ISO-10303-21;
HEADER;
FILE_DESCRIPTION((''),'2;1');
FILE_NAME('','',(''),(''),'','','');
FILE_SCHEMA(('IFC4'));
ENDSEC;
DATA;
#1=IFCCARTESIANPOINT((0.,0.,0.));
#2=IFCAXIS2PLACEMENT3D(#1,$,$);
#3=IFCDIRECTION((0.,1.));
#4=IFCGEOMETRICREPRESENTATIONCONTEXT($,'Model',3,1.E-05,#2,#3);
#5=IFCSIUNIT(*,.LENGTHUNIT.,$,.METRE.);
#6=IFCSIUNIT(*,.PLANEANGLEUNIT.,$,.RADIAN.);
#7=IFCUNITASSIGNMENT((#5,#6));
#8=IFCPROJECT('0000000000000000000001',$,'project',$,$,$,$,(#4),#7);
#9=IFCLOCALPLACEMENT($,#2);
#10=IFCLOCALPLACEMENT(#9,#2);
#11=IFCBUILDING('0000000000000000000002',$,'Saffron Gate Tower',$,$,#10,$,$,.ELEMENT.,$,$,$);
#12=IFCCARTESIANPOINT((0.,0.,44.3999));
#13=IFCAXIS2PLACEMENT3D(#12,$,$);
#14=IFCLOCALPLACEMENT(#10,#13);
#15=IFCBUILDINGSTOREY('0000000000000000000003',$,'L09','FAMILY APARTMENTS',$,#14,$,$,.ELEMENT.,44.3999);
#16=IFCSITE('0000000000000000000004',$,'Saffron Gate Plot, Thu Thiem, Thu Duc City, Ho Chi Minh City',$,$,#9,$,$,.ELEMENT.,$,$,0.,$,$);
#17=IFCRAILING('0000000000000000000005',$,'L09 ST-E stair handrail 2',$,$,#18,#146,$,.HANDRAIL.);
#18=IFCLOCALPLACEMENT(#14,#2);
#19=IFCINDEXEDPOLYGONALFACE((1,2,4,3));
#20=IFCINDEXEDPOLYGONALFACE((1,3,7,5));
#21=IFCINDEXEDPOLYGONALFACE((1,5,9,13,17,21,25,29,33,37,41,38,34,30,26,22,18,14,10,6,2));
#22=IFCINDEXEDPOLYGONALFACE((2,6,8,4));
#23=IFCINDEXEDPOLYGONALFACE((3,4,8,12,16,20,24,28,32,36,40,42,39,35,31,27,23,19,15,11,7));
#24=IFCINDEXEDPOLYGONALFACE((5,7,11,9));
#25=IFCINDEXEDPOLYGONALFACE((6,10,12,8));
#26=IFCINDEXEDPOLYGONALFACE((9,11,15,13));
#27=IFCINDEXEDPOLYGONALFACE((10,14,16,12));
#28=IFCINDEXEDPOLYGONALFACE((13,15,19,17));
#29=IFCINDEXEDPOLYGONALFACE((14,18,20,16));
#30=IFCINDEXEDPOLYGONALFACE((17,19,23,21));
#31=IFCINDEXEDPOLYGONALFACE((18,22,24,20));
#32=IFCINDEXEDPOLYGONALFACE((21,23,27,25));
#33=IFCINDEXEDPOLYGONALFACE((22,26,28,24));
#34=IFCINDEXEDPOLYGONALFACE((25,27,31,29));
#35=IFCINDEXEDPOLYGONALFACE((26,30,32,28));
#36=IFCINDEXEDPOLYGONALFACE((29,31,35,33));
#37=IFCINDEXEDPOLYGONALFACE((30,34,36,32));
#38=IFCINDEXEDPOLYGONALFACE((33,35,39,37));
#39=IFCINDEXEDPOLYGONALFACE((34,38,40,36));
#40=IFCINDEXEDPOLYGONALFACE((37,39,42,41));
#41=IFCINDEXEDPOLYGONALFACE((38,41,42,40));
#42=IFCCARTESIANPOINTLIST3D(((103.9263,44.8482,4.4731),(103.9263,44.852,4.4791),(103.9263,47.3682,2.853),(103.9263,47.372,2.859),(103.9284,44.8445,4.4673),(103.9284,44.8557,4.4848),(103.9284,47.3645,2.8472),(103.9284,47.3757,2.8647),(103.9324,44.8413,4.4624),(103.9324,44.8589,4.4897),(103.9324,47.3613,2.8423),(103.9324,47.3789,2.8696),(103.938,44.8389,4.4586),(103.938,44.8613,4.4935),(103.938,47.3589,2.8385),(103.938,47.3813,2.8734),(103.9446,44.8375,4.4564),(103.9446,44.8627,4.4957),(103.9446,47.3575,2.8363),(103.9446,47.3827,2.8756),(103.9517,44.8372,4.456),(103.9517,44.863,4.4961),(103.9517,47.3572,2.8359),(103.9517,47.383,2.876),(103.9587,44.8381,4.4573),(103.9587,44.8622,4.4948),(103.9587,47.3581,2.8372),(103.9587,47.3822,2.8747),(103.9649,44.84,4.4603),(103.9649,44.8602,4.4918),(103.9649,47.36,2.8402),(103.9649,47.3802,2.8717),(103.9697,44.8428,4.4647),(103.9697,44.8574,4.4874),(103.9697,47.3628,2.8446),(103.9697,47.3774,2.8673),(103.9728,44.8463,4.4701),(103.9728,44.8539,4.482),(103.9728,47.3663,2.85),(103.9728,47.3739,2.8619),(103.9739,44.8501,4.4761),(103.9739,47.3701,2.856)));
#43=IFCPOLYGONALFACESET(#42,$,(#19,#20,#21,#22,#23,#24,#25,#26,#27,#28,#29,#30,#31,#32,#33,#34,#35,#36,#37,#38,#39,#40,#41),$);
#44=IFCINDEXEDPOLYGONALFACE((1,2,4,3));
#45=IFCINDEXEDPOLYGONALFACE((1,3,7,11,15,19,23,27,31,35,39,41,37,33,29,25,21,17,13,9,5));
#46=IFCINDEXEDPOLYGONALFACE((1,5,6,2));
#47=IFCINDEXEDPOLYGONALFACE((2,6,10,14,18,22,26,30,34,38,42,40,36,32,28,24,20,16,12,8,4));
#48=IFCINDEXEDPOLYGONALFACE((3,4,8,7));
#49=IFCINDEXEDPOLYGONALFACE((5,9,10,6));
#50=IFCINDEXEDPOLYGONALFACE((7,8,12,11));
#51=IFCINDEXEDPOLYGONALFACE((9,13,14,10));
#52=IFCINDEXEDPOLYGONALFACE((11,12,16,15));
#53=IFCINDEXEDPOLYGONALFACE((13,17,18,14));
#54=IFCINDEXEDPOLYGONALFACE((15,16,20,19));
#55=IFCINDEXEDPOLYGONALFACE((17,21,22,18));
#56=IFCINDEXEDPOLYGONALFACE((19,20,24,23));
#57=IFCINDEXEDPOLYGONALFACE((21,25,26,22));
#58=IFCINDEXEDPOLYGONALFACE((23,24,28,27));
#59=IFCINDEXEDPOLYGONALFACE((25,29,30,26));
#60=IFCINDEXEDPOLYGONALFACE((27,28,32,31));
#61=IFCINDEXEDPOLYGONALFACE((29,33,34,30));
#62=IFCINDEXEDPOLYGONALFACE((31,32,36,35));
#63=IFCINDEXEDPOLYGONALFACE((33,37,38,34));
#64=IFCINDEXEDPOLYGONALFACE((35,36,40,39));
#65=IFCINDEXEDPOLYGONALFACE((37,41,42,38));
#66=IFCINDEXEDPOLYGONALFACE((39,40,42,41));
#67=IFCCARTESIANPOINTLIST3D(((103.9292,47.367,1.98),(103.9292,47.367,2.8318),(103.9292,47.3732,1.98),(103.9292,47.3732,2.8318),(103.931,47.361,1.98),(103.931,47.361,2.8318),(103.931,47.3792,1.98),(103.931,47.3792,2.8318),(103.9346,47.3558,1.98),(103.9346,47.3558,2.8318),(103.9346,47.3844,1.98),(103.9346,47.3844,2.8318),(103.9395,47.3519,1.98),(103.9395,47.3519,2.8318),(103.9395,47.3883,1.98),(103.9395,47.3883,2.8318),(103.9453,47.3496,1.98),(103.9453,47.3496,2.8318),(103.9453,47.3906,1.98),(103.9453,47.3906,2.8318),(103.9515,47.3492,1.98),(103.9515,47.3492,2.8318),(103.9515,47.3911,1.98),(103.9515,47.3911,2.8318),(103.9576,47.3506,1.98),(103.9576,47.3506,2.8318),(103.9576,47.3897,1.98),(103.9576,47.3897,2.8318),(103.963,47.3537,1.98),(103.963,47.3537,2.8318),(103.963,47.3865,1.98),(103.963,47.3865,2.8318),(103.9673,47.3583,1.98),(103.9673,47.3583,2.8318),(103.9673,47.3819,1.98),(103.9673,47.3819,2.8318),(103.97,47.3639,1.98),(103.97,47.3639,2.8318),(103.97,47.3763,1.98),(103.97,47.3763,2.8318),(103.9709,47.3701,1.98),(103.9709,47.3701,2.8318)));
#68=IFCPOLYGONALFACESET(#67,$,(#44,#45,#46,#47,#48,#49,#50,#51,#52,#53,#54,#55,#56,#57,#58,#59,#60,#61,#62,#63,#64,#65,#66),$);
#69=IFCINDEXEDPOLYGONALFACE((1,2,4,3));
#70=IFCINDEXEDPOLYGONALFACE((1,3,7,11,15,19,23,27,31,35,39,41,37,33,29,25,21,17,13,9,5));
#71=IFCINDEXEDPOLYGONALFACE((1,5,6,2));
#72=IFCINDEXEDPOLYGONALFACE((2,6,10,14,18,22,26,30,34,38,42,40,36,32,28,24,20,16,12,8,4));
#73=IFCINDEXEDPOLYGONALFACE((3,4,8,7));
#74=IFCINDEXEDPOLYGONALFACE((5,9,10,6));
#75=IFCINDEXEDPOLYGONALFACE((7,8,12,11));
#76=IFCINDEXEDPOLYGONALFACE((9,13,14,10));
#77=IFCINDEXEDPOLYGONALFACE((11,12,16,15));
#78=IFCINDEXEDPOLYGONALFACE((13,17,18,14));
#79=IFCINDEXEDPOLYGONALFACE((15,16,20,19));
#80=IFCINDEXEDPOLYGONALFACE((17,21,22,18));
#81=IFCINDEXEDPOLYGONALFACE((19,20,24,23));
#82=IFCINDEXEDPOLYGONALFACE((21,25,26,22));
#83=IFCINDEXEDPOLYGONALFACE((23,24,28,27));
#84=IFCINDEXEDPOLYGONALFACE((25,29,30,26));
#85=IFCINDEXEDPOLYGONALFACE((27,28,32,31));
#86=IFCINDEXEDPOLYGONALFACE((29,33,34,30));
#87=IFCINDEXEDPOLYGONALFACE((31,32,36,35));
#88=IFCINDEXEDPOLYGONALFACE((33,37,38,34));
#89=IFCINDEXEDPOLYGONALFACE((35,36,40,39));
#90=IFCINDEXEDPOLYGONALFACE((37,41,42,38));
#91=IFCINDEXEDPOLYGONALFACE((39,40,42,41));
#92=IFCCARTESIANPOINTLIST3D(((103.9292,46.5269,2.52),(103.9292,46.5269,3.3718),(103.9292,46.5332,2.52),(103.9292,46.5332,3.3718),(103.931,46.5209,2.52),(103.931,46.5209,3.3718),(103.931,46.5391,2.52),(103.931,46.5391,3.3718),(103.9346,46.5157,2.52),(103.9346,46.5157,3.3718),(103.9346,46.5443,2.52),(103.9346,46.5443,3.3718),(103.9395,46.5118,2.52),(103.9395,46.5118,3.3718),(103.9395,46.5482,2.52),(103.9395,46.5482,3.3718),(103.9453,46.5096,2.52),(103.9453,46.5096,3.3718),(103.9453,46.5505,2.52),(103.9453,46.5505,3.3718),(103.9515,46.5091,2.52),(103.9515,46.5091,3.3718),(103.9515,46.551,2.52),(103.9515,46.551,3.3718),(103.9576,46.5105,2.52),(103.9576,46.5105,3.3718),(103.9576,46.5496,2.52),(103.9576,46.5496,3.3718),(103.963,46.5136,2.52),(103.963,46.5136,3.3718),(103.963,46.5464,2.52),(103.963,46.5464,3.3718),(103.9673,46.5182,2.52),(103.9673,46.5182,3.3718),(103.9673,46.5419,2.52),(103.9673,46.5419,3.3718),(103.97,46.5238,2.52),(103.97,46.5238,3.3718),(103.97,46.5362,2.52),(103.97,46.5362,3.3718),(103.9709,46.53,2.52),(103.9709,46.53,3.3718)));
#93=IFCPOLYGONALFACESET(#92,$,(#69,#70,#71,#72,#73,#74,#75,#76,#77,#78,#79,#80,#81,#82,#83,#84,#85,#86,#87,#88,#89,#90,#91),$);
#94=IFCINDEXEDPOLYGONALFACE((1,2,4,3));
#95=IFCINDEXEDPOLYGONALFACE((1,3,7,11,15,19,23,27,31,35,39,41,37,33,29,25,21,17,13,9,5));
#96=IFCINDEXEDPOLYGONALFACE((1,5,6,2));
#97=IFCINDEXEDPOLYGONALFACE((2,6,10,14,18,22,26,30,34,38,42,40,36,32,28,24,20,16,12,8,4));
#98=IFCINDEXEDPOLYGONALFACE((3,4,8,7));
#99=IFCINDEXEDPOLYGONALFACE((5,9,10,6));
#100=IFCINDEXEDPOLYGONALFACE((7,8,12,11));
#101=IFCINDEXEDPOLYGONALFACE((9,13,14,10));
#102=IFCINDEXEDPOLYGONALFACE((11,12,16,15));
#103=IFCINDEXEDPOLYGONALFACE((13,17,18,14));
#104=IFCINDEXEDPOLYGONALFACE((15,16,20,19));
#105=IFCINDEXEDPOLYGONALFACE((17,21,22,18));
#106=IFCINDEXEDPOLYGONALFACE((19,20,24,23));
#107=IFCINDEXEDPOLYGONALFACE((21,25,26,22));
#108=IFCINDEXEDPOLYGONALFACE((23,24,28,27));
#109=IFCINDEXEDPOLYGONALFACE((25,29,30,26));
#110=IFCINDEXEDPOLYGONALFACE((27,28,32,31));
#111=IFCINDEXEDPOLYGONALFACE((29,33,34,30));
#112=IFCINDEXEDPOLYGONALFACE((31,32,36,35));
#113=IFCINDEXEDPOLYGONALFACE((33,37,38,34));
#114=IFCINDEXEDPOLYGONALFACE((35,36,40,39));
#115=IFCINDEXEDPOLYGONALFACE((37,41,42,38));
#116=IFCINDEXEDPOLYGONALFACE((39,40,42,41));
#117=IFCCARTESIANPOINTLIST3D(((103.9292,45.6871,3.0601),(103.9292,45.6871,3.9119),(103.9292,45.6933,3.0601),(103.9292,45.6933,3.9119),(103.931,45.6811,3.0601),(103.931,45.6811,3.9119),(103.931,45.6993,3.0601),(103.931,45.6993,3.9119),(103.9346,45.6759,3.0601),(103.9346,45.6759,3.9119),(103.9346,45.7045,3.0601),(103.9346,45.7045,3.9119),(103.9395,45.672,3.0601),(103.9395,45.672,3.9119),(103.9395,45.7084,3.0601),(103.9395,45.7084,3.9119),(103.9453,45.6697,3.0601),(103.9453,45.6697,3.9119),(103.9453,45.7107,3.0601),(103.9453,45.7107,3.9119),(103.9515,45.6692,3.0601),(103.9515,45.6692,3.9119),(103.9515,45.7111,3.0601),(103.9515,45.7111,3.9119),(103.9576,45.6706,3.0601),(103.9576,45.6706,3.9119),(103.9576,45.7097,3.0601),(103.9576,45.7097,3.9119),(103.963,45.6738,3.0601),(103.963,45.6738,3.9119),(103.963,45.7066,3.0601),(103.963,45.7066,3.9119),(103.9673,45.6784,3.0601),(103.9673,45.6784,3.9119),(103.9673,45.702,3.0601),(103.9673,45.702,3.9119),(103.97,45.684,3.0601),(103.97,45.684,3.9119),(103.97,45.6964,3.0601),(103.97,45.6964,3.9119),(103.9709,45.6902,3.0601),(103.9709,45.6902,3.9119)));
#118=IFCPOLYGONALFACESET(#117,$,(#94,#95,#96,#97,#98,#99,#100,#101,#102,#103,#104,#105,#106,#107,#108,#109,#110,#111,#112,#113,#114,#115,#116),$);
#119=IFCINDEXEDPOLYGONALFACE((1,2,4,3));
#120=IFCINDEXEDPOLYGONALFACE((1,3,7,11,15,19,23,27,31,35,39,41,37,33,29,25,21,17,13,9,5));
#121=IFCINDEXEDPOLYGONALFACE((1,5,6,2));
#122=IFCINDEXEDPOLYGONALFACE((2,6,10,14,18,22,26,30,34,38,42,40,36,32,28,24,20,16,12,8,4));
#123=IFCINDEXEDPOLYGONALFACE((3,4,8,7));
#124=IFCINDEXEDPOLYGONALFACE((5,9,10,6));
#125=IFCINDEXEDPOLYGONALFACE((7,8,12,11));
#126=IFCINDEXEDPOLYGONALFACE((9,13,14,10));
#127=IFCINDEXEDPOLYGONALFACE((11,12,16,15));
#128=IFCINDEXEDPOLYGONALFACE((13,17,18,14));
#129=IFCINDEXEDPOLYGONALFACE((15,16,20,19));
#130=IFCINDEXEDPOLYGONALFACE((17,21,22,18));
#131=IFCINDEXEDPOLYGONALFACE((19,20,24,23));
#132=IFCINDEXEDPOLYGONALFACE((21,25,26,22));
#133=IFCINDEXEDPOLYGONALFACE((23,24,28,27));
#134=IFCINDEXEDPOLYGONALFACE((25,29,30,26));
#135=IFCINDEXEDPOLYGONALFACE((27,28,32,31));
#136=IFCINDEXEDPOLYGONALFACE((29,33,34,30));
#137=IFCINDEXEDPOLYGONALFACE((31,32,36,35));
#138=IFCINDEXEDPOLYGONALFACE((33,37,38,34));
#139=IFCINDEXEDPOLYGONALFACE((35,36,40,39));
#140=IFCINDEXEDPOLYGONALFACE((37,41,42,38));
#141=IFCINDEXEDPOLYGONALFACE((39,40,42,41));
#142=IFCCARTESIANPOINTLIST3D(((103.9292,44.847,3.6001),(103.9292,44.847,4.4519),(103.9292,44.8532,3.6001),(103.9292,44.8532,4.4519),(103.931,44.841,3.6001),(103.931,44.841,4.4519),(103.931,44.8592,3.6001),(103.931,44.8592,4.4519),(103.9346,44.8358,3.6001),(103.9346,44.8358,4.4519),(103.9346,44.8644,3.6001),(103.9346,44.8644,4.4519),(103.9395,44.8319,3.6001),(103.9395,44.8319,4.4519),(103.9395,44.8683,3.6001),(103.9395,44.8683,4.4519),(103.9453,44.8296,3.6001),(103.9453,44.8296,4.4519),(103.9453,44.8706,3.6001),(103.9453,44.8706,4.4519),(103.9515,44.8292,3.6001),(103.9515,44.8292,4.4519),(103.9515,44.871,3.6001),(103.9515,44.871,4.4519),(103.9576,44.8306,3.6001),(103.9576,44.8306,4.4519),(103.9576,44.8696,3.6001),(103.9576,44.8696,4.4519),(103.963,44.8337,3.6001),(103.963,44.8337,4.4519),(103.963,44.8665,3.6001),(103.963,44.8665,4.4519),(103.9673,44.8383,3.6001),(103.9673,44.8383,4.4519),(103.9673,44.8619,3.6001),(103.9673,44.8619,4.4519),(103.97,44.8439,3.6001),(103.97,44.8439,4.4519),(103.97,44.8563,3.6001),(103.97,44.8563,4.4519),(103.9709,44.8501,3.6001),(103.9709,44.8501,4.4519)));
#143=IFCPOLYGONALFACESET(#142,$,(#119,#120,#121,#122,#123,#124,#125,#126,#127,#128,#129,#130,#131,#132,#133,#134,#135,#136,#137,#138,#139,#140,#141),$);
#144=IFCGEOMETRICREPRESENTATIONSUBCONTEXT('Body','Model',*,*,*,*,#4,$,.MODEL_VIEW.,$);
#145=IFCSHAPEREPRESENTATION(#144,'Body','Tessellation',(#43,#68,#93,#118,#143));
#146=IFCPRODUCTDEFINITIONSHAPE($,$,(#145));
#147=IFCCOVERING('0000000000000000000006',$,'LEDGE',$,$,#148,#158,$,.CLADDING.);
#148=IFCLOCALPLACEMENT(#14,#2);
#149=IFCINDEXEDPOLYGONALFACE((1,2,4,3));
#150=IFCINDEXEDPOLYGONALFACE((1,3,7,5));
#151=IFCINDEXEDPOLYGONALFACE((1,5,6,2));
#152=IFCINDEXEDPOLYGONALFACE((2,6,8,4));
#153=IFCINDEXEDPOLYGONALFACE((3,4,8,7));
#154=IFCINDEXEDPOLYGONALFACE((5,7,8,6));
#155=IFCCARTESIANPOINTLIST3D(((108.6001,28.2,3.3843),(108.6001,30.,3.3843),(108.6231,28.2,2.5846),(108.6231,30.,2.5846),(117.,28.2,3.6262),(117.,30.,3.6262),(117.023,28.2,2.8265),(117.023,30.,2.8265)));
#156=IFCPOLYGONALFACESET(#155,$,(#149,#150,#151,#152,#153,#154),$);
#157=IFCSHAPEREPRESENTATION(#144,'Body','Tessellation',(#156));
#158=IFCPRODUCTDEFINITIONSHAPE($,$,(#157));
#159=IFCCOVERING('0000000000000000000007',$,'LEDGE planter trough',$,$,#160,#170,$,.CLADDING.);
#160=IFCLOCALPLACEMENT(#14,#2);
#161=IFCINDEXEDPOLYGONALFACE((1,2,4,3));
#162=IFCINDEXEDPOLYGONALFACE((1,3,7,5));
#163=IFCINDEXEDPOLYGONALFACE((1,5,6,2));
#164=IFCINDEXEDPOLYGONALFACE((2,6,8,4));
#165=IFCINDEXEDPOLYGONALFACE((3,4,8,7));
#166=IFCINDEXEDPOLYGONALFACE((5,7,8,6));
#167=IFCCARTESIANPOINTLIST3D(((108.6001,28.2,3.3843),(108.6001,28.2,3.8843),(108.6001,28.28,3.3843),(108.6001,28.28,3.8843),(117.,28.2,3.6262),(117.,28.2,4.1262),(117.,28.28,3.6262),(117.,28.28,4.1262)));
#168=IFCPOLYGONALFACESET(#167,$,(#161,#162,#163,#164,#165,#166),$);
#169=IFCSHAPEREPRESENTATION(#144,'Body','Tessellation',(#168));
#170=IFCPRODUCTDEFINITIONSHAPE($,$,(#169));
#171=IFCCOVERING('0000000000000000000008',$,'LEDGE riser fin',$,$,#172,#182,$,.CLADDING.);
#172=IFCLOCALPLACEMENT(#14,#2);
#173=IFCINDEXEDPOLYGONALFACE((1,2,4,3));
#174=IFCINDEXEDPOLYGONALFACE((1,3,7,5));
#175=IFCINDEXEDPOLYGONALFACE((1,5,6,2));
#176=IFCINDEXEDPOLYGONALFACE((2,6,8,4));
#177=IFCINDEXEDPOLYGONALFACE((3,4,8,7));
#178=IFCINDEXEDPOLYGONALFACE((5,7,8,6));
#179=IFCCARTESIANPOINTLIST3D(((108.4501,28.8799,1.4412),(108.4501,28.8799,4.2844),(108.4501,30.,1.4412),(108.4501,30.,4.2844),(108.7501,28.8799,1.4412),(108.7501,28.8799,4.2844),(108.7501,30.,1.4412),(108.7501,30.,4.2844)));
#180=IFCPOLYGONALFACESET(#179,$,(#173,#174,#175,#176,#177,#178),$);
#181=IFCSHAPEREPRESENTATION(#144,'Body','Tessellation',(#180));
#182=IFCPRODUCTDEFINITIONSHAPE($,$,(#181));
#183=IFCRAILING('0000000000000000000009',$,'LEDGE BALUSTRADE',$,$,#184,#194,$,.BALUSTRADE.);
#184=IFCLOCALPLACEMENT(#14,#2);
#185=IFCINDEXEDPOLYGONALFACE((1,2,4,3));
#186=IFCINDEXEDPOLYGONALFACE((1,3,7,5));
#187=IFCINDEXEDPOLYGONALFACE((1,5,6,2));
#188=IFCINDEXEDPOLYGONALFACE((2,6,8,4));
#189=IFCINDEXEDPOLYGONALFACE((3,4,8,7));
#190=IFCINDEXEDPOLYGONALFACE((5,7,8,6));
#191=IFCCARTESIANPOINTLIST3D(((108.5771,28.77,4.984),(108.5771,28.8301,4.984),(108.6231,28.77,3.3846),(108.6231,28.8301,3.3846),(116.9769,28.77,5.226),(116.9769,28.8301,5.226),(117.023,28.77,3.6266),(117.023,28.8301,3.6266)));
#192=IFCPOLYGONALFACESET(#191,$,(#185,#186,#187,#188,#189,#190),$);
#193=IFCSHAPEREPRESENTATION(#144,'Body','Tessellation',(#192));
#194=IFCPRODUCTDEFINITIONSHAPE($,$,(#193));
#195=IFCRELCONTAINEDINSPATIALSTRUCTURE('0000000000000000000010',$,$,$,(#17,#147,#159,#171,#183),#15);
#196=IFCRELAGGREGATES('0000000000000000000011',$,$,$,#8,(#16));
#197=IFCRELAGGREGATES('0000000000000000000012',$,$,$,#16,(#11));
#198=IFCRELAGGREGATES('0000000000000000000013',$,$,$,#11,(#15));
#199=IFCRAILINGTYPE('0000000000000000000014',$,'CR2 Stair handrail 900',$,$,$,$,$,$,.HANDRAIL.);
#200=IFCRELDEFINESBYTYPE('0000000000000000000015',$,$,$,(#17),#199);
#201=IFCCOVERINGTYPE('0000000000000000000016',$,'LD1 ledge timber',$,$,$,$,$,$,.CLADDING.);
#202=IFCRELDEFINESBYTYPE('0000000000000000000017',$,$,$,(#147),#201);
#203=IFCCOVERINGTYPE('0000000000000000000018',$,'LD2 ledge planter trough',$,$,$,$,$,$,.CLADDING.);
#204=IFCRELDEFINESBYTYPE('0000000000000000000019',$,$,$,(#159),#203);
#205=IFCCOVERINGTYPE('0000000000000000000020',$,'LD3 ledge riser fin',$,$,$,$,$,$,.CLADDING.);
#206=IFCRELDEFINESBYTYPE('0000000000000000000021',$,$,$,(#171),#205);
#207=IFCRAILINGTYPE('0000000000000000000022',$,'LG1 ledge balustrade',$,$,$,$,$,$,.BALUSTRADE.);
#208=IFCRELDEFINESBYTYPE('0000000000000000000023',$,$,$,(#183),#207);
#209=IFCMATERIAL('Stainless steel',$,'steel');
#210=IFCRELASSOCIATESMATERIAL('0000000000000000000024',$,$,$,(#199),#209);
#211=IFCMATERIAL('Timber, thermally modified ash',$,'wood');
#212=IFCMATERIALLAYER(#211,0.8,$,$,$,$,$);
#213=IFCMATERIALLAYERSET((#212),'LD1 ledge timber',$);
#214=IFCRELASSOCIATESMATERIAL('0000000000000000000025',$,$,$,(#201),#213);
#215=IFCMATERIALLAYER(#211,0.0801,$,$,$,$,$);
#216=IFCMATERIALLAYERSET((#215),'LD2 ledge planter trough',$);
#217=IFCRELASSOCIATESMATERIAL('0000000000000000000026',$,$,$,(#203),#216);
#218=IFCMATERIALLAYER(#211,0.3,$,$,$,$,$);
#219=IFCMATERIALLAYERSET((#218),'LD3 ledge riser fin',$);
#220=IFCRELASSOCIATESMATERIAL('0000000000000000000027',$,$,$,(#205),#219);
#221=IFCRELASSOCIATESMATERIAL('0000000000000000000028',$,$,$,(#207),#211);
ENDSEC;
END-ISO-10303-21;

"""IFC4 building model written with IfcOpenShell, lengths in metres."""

from ifc_helpers import new_model, si_unit, direction, frame, origin, origin_2d, place, context, subcontext, project, spatial, polyline, rectangle, circle, outline, extrude, material, layer, layer_set, type_object, element, save


model = new_model("IFC4")

# Units and contexts
model_context = context("Model", 3, precision=1e-05, world=origin(), true_north=direction((0.0, 1.0)))
body_context = subcontext(model_context, "Body", "Model", "MODEL_VIEW")
ifc_project = project(units=[si_unit("LENGTHUNIT", "METRE"), si_unit("PLANEANGLEUNIT", "RADIAN")], contexts=[model_context])

# Site, building, storey
site_placement = place(None, origin())
site = spatial("IfcSite", under=ifc_project, at=site_placement, Name="Saffron Gate Plot, Thu Thiem, Thu Duc City, Ho Chi Minh City", CompositionType="ELEMENT", RefElevation=0.0)
building_placement = place(site_placement, origin())
building = spatial("IfcBuilding", under=site, at=building_placement, Name="Saffron Gate Tower", CompositionType="ELEMENT")
storey_placement = place(building_placement, frame((0.0, 0.0, 44.3999)))
storey = spatial("IfcBuildingStorey", under=building, at=storey_placement, Name="L09", Description="FAMILY APARTMENTS", CompositionType="ELEMENT", Elevation=44.3999)

# Railing
ifc_material_1 = material(Name="Stainless steel", Category="steel")
railing_type_1 = type_object("IfcRailingType", Name="CR2 Stair handrail 900", PredefinedType="HANDRAIL", material=ifc_material_1)
railing_1_placement = place(storey_placement, frame((103.95, 47.3701, 1.98)))
element("IfcRailing", 1, at=railing_1_placement, inside=storey, type_object=railing_type_1, Name="L09 ST-E stair handrail 2", PredefinedType="HANDRAIL", context=body_context, shape_type="SweptSolid", body=[
    extrude(circle(Radius=0.0239, at=origin_2d()), frame((0.0, 0.0, 0.876), z_axis=(0.0, -0.841163, 0.540782), x_axis=(1.0, 0.0, 0.0)), (0.0, 0.0, 1.0), 2.9958),
    extrude(circle(Radius=0.021, at=origin_2d()), origin(), (0.0, 0.0, 1.0), 0.8518),
    extrude(circle(Radius=0.021, at=origin_2d()), frame((0.0, -0.8401, 0.54)), (0.0, 0.0, 1.0), 0.8518),
    extrude(circle(Radius=0.021, at=origin_2d()), frame((0.0, -1.6799, 1.0801)), (0.0, 0.0, 1.0), 0.8518),
    extrude(circle(Radius=0.021, at=origin_2d()), frame((0.0, -2.52, 1.6201)), (0.0, 0.0, 1.0), 0.8518),
])

# Coverings
ifc_material_2 = material(Name="Timber, thermally modified ash", Category="wood")
ifc_layer_1 = layer(ifc_material_2, 0.8)
ifc_layer_set_1 = layer_set([ifc_layer_1], Name="LD1 ledge timber")
covering_type_1 = type_object("IfcCoveringType", Name="LD1 ledge timber", PredefinedType="CLADDING", material=ifc_layer_set_1)
covering_1_placement = place(storey_placement, frame((108.6001, 30.0, 3.3843), z_axis=(-0.028791, 0.0, 0.999585), x_axis=(0.999585, 0.0, 0.028791)))
element("IfcCovering", 2, at=covering_1_placement, inside=storey, type_object=covering_type_1, Name="LEDGE", PredefinedType="CLADDING", context=body_context, shape_type="SweptSolid", body=[
    extrude(outline(polyline([(0.0, 0.0), (8.4034, 0.0), (8.4034, -1.8), (0.0, -1.8), (0.0, 0.0)])), origin(), (0.0, 0.0, -1.0), 0.8),
])
ifc_layer_2 = layer(ifc_material_2, 0.0801)
ifc_layer_set_2 = layer_set([ifc_layer_2], Name="LD2 ledge planter trough")
covering_type_2 = type_object("IfcCoveringType", Name="LD2 ledge planter trough", PredefinedType="CLADDING", material=ifc_layer_set_2)
covering_2_placement = place(storey_placement, frame((108.6001, 28.2, 3.3843), z_axis=(0.0, -1.0, 0.0), x_axis=(0.999585, 0.0, 0.028791)))
element("IfcCovering", 3, at=covering_2_placement, inside=storey, type_object=covering_type_2, Name="LEDGE planter trough", PredefinedType="CLADDING", context=body_context, shape_type="SweptSolid", body=[
    extrude(outline(polyline([(0.0, 0.0), (8.4034, 0.0), (8.4178, 0.4998), (0.0144, 0.4998), (0.0, 0.0)])), origin(), (0.0, 0.0, -1.0), 0.0801),
])
ifc_layer_3 = layer(ifc_material_2, 0.3)
ifc_layer_set_3 = layer_set([ifc_layer_3], Name="LD3 ledge riser fin")
covering_type_3 = type_object("IfcCoveringType", Name="LD3 ledge riser fin", PredefinedType="CLADDING", material=ifc_layer_set_3)
covering_3_placement = place(storey_placement, frame((108.6001, 29.4399, 1.4412), z_axis=(0.0, 0.0, 1.0), x_axis=(1.0, 0.0, 0.0)))
element("IfcCovering", 4, at=covering_3_placement, inside=storey, type_object=covering_type_3, Name="LEDGE riser fin", PredefinedType="CLADDING", context=body_context, shape_type="SweptSolid", body=[
    extrude(rectangle(XDim=0.3, YDim=1.1201, at=origin_2d()), origin(), (0.0, 0.0, 1.0), 2.8433),
])

# Railing
railing_type_2 = type_object("IfcRailingType", Name="LG1 ledge balustrade", PredefinedType="BALUSTRADE", material=ifc_material_2)
railing_2_placement = place(storey_placement, frame((108.6001, 28.8, 3.3843)))
element("IfcRailing", 5, at=railing_2_placement, inside=storey, type_object=railing_type_2, Name="LEDGE BALUSTRADE", PredefinedType="BALUSTRADE", context=body_context, shape_type="SweptSolid", body=[
    extrude(rectangle(XDim=0.0601, YDim=1.6001, at=origin_2d()), frame((0.0, 0.0, 0.8), z_axis=(0.999585, 0.0, 0.028791), x_axis=(0.0, 1.0, 0.0)), (0.0, 0.0, 1.0), 8.4033),
])

save(model, "model.ifc")
